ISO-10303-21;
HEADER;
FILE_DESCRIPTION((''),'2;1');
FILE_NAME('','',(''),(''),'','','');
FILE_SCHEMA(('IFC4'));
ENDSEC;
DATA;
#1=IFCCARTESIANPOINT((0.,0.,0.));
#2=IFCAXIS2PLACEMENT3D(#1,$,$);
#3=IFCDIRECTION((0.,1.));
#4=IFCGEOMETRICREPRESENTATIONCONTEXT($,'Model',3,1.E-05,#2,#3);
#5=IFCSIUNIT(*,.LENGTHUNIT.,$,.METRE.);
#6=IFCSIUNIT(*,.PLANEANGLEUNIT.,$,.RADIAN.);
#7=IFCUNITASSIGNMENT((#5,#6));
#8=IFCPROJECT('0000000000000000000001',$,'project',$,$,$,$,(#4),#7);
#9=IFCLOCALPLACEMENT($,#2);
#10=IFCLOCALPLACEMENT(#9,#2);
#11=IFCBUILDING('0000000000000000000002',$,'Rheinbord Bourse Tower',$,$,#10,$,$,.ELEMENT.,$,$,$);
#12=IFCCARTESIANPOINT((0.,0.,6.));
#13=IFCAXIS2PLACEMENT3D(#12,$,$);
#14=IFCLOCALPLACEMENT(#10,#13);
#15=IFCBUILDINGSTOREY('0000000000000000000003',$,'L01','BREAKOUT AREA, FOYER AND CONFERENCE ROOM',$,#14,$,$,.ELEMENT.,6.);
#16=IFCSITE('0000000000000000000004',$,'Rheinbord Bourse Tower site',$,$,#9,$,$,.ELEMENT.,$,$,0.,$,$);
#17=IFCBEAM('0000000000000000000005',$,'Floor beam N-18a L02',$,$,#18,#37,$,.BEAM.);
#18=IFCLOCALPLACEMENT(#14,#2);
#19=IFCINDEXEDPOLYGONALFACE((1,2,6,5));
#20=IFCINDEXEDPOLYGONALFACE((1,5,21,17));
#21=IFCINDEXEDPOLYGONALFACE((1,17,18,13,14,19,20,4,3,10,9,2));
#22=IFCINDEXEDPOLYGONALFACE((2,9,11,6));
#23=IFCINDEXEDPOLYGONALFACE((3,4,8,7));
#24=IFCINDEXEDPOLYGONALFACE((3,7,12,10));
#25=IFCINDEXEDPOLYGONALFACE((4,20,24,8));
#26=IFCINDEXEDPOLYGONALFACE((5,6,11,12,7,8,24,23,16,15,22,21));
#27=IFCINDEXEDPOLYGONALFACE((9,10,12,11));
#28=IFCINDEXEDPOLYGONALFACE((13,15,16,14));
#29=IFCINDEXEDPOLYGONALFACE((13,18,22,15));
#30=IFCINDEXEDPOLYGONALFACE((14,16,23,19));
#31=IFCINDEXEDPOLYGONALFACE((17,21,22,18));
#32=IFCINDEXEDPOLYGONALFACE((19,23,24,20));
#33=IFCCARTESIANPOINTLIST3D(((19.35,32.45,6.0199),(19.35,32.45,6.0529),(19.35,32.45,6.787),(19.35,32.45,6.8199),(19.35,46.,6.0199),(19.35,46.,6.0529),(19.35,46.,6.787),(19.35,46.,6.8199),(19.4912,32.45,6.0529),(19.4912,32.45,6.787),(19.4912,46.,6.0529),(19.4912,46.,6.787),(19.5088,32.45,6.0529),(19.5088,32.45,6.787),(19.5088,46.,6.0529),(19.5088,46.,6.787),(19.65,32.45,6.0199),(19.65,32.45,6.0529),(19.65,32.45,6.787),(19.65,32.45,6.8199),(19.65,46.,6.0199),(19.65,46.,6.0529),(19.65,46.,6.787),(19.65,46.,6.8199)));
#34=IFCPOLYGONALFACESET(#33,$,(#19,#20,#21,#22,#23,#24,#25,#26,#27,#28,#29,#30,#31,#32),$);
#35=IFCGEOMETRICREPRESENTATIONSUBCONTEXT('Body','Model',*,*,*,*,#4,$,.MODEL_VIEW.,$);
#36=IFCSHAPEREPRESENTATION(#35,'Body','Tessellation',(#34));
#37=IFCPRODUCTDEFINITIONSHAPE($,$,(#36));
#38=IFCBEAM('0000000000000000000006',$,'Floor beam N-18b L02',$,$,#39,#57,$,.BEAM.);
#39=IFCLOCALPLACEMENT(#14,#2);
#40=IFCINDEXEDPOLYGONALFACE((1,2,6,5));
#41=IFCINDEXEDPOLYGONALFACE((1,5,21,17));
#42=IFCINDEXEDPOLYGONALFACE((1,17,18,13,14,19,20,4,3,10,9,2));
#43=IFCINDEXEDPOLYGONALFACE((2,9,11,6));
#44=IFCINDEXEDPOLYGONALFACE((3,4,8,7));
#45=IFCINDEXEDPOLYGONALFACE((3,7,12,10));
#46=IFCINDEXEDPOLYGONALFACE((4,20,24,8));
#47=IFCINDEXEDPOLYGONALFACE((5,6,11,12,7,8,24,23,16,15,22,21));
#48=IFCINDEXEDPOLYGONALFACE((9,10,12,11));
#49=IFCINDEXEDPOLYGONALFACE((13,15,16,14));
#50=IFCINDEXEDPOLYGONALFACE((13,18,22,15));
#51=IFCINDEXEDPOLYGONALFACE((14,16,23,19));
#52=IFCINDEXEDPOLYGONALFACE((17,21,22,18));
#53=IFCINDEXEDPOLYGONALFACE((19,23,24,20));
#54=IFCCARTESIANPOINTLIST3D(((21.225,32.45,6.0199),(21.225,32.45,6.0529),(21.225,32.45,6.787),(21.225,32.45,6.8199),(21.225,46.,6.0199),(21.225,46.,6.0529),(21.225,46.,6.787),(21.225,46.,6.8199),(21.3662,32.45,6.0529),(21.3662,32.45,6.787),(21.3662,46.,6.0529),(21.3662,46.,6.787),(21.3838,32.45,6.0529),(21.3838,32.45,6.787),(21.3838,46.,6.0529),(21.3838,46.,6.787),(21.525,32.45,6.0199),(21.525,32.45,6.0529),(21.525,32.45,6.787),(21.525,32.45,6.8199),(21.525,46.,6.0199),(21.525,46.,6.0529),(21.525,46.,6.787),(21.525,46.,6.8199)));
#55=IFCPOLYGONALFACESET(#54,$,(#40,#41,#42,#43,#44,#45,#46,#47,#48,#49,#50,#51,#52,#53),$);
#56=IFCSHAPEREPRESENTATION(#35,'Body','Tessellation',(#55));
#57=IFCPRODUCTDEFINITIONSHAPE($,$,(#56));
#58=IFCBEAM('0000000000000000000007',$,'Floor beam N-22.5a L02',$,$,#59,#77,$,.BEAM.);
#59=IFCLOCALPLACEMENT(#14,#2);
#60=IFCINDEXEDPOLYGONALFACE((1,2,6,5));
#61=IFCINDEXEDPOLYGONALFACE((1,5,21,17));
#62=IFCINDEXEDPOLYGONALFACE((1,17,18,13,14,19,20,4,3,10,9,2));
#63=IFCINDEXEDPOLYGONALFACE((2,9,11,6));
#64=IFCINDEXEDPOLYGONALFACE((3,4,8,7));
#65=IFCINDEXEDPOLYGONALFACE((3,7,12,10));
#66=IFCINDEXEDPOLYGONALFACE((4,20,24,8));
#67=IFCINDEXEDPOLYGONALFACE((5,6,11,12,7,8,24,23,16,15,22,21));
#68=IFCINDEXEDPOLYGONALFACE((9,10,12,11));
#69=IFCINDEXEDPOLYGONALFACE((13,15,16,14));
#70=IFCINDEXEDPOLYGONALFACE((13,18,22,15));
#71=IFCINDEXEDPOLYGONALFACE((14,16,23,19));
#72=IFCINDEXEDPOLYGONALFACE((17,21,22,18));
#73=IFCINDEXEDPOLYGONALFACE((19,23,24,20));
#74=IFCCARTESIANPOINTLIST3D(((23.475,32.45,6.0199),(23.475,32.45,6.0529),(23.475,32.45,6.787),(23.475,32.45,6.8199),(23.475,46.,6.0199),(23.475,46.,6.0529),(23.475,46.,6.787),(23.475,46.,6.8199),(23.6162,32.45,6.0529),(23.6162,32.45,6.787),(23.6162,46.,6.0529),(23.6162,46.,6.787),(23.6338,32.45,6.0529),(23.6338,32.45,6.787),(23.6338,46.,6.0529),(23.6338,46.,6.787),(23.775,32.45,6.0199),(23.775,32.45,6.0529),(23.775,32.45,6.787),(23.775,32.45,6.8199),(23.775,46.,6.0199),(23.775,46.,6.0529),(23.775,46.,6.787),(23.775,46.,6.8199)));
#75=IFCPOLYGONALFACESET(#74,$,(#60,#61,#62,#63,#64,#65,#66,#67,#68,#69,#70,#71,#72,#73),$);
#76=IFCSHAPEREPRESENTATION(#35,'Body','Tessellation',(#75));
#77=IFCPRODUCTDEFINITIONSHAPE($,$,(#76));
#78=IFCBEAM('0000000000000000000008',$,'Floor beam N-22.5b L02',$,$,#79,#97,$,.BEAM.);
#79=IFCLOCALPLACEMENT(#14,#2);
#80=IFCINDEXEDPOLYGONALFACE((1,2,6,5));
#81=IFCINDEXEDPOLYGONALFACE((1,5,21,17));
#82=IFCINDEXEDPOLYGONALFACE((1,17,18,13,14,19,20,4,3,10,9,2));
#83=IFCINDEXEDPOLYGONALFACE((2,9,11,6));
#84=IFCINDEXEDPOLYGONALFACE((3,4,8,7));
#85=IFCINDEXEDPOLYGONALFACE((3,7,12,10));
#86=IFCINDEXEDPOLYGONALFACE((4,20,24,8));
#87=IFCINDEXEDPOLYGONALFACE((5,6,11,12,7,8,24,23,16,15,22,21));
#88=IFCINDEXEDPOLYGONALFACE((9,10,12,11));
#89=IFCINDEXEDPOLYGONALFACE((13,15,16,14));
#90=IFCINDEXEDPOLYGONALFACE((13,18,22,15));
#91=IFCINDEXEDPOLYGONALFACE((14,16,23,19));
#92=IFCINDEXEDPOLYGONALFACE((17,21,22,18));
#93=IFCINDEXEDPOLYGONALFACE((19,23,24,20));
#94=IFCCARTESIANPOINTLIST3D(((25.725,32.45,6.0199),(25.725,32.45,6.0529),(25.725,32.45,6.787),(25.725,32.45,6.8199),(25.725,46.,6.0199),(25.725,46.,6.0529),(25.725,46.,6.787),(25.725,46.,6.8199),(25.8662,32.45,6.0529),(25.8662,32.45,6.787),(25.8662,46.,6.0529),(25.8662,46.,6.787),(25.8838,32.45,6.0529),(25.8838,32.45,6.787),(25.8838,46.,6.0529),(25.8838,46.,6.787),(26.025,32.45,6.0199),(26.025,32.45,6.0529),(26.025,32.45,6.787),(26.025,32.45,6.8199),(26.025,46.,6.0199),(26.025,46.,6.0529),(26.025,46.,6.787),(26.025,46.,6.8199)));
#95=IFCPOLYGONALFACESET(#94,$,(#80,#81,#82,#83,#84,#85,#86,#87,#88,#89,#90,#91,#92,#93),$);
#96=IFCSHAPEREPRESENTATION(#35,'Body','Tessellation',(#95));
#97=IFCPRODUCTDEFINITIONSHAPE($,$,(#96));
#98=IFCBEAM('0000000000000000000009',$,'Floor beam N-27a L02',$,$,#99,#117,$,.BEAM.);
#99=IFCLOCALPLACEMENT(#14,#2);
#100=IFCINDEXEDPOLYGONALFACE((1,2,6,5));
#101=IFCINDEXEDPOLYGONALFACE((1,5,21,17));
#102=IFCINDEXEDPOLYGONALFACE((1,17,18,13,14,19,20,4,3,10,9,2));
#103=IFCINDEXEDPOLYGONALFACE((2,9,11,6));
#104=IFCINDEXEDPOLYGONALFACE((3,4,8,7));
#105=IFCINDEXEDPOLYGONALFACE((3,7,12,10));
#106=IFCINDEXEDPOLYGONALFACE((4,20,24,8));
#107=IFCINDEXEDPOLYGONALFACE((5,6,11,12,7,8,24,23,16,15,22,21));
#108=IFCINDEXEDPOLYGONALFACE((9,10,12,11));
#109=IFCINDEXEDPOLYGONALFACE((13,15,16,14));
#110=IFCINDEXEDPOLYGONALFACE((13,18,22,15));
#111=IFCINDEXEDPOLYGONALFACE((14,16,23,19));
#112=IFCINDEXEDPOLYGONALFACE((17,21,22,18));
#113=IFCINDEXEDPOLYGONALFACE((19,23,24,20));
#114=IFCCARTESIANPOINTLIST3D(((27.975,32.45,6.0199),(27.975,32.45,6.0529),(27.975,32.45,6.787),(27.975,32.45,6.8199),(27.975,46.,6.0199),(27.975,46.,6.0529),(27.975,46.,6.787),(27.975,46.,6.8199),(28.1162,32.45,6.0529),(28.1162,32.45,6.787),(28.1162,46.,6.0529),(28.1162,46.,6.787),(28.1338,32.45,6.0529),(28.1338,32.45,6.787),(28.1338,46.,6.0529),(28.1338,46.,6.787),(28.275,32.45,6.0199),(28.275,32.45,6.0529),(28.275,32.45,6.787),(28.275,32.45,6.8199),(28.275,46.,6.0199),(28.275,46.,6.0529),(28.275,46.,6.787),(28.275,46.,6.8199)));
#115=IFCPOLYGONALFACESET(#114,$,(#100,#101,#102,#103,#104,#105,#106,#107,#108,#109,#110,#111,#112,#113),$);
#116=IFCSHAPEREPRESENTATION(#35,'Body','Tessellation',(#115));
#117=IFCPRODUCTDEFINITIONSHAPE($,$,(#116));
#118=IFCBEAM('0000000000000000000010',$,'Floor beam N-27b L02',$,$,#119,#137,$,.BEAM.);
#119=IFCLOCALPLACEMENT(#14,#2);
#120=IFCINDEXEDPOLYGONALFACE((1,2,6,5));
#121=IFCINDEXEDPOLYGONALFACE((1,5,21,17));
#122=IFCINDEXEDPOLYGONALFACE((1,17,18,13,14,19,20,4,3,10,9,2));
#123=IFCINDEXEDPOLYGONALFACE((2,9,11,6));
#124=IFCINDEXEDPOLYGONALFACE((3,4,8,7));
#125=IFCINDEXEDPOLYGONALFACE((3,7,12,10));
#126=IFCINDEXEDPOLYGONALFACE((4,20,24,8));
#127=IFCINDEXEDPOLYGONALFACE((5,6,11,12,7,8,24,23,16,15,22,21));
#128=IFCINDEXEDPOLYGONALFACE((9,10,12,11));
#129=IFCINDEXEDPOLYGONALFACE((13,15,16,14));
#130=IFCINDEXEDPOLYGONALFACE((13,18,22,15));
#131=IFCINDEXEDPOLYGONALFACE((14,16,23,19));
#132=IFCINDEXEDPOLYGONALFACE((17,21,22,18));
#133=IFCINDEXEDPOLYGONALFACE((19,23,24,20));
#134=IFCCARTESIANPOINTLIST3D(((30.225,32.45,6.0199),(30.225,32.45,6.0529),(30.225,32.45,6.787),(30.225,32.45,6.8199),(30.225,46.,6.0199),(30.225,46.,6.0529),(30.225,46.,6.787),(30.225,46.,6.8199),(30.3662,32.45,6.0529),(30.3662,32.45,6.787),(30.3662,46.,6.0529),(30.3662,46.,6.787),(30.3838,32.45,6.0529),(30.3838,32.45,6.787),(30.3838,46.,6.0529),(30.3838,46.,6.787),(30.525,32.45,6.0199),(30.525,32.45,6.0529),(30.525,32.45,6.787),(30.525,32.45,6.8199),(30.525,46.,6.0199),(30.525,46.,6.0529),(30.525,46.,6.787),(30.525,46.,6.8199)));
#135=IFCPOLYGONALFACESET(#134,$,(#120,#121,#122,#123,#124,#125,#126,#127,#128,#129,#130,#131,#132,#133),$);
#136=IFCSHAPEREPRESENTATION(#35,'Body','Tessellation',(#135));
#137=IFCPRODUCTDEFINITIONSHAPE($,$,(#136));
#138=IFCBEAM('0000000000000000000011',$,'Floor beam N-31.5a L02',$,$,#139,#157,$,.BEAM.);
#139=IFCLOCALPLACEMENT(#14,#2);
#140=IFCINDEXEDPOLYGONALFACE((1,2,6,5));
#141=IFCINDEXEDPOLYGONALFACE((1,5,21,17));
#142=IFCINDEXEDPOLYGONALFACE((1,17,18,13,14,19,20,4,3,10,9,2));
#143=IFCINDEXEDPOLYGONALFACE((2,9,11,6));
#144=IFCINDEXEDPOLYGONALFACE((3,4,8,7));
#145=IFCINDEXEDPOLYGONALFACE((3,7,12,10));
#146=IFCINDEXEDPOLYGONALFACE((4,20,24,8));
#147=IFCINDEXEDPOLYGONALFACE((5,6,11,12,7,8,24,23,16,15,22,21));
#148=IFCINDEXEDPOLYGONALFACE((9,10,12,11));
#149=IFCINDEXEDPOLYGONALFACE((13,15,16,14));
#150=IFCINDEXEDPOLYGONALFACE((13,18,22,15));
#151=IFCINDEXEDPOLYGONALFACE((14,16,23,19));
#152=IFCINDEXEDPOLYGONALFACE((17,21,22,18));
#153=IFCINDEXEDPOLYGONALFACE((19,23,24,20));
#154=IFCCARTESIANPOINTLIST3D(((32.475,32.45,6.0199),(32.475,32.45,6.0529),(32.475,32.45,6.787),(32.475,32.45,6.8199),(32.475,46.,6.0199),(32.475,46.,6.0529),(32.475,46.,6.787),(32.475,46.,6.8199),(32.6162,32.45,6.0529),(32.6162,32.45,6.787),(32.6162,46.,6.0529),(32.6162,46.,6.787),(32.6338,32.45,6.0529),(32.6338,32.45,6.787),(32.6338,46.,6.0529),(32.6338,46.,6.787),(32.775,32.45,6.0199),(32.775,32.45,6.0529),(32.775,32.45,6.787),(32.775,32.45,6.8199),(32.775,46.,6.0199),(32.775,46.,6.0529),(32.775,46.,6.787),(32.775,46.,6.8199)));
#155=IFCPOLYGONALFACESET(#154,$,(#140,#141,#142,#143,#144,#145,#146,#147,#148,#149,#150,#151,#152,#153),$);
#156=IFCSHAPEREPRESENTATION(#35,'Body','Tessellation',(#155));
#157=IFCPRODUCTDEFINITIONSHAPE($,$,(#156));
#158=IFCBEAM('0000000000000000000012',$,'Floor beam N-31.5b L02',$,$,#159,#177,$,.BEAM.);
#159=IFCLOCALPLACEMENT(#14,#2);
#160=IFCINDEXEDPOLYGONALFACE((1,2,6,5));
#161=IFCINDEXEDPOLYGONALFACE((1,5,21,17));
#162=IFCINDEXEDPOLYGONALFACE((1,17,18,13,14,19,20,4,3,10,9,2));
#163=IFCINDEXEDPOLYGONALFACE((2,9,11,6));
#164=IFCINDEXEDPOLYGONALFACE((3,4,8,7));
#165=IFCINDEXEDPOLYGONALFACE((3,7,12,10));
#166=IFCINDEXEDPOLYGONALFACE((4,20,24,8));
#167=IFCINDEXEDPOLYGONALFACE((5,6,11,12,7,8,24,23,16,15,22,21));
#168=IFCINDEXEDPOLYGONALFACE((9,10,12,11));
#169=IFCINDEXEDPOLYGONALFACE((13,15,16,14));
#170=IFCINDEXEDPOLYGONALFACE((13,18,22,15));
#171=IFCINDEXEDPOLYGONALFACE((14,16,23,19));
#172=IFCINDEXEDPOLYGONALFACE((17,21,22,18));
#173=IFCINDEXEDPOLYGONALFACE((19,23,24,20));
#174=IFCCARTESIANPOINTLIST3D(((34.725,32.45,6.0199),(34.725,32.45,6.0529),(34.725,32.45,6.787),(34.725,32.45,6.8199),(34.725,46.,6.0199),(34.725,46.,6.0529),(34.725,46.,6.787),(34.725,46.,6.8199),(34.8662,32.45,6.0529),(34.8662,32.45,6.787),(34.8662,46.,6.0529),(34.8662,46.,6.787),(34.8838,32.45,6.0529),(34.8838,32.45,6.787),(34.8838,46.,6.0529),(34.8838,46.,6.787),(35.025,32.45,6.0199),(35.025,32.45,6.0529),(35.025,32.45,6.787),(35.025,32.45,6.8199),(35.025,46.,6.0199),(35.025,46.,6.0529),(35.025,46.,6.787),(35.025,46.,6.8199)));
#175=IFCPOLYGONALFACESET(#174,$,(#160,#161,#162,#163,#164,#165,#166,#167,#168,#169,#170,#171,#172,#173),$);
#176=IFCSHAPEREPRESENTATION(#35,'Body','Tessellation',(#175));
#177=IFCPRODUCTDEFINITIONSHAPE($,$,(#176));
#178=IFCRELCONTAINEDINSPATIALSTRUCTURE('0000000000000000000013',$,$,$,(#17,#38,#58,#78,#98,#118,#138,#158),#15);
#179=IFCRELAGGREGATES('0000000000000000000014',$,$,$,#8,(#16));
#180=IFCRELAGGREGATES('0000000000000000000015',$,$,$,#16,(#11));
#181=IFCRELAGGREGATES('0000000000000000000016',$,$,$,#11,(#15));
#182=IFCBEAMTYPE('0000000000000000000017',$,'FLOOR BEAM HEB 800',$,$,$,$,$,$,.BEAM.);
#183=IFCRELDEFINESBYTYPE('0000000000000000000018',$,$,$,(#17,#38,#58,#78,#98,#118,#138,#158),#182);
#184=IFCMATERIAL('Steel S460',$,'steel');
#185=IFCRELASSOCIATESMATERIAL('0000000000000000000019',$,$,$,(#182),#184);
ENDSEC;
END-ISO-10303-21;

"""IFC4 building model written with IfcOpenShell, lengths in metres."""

from ifc_helpers import new_model, si_unit, direction, frame, origin, origin_2d, place, context, subcontext, project, spatial, i_section, extrude, material, material_profile, profile_set, type_object, element, save


model = new_model("IFC4")

# Units and contexts
model_context = context("Model", 3, precision=1e-05, world=origin(), true_north=direction((0.0, 1.0)))
body_context = subcontext(model_context, "Body", "Model", "MODEL_VIEW")
ifc_project = project(units=[si_unit("LENGTHUNIT", "METRE"), si_unit("PLANEANGLEUNIT", "RADIAN")], contexts=[model_context])

# Site, building, storey
site_placement = place(None, origin())
site = spatial("IfcSite", under=ifc_project, at=site_placement, Name="Rheinbord Bourse Tower site", CompositionType="ELEMENT", RefElevation=0.0)
building_placement = place(site_placement, origin())
building = spatial("IfcBuilding", under=site, at=building_placement, Name="Rheinbord Bourse Tower", CompositionType="ELEMENT")
storey_placement = place(building_placement, frame((0.0, 0.0, 6.0)))
storey = spatial("IfcBuildingStorey", under=building, at=storey_placement, Name="L01", Description="BREAKOUT AREA, FOYER AND CONFERENCE ROOM", CompositionType="ELEMENT", Elevation=6.0)

# Beams
ifc_material_1 = material(Name="Steel S460", Category="steel")
ifc_material_profile_1 = material_profile(ifc_material_1, i_section(OverallWidth=0.3, OverallDepth=0.8, WebThickness=0.0176, FlangeThickness=0.033, at=origin_2d()), Name="HEB 800")
ifc_profile_set_1 = profile_set([ifc_material_profile_1], Name="Steel S460")
beam_type_1 = type_object("IfcBeamType", Name="FLOOR BEAM HEB 800", PredefinedType="BEAM", material=ifc_profile_set_1)
for number, where, z_axis, x_axis, name in (
    (1, (19.5, 46.0, 6.4199), (0.0, -1.0, 0.0), (1.0, 0.0, 0.0), "Floor beam N-18a L02"),
    (2, (21.375, 46.0, 6.4199), (0.0, -1.0, 0.0), (1.0, 0.0, 0.0), "Floor beam N-18b L02"),
    (3, (23.625, 46.0, 6.4199), (0.0, -1.0, 0.0), (1.0, 0.0, 0.0), "Floor beam N-22.5a L02"),
    (4, (25.875, 46.0, 6.4199), (0.0, -1.0, 0.0), (1.0, 0.0, 0.0), "Floor beam N-22.5b L02"),
    (5, (28.125, 46.0, 6.4199), (0.0, -1.0, 0.0), (1.0, 0.0, 0.0), "Floor beam N-27a L02"),
    (6, (30.375, 46.0, 6.4199), (0.0, -1.0, 0.0), (1.0, 0.0, 0.0), "Floor beam N-27b L02"),
    (7, (32.625, 46.0, 6.4199), (0.0, -1.0, 0.0), (1.0, 0.0, 0.0), "Floor beam N-31.5a L02"),
    (8, (34.875, 46.0, 6.4199), (0.0, -1.0, 0.0), (1.0, 0.0, 0.0), "Floor beam N-31.5b L02"),
):
    element("IfcBeam", number, at=place(storey_placement, frame(where, z_axis=z_axis, x_axis=x_axis)), inside=storey, type_object=beam_type_1, Name=name, PredefinedType="BEAM", context=body_context, shape_type="SweptSolid", body=[
        extrude(i_section(OverallWidth=0.3, OverallDepth=0.8, WebThickness=0.0176, FlangeThickness=0.033, at=origin_2d()), origin(), (0.0, 0.0, 1.0), 13.55),
    ])

save(model, "model.ifc")
